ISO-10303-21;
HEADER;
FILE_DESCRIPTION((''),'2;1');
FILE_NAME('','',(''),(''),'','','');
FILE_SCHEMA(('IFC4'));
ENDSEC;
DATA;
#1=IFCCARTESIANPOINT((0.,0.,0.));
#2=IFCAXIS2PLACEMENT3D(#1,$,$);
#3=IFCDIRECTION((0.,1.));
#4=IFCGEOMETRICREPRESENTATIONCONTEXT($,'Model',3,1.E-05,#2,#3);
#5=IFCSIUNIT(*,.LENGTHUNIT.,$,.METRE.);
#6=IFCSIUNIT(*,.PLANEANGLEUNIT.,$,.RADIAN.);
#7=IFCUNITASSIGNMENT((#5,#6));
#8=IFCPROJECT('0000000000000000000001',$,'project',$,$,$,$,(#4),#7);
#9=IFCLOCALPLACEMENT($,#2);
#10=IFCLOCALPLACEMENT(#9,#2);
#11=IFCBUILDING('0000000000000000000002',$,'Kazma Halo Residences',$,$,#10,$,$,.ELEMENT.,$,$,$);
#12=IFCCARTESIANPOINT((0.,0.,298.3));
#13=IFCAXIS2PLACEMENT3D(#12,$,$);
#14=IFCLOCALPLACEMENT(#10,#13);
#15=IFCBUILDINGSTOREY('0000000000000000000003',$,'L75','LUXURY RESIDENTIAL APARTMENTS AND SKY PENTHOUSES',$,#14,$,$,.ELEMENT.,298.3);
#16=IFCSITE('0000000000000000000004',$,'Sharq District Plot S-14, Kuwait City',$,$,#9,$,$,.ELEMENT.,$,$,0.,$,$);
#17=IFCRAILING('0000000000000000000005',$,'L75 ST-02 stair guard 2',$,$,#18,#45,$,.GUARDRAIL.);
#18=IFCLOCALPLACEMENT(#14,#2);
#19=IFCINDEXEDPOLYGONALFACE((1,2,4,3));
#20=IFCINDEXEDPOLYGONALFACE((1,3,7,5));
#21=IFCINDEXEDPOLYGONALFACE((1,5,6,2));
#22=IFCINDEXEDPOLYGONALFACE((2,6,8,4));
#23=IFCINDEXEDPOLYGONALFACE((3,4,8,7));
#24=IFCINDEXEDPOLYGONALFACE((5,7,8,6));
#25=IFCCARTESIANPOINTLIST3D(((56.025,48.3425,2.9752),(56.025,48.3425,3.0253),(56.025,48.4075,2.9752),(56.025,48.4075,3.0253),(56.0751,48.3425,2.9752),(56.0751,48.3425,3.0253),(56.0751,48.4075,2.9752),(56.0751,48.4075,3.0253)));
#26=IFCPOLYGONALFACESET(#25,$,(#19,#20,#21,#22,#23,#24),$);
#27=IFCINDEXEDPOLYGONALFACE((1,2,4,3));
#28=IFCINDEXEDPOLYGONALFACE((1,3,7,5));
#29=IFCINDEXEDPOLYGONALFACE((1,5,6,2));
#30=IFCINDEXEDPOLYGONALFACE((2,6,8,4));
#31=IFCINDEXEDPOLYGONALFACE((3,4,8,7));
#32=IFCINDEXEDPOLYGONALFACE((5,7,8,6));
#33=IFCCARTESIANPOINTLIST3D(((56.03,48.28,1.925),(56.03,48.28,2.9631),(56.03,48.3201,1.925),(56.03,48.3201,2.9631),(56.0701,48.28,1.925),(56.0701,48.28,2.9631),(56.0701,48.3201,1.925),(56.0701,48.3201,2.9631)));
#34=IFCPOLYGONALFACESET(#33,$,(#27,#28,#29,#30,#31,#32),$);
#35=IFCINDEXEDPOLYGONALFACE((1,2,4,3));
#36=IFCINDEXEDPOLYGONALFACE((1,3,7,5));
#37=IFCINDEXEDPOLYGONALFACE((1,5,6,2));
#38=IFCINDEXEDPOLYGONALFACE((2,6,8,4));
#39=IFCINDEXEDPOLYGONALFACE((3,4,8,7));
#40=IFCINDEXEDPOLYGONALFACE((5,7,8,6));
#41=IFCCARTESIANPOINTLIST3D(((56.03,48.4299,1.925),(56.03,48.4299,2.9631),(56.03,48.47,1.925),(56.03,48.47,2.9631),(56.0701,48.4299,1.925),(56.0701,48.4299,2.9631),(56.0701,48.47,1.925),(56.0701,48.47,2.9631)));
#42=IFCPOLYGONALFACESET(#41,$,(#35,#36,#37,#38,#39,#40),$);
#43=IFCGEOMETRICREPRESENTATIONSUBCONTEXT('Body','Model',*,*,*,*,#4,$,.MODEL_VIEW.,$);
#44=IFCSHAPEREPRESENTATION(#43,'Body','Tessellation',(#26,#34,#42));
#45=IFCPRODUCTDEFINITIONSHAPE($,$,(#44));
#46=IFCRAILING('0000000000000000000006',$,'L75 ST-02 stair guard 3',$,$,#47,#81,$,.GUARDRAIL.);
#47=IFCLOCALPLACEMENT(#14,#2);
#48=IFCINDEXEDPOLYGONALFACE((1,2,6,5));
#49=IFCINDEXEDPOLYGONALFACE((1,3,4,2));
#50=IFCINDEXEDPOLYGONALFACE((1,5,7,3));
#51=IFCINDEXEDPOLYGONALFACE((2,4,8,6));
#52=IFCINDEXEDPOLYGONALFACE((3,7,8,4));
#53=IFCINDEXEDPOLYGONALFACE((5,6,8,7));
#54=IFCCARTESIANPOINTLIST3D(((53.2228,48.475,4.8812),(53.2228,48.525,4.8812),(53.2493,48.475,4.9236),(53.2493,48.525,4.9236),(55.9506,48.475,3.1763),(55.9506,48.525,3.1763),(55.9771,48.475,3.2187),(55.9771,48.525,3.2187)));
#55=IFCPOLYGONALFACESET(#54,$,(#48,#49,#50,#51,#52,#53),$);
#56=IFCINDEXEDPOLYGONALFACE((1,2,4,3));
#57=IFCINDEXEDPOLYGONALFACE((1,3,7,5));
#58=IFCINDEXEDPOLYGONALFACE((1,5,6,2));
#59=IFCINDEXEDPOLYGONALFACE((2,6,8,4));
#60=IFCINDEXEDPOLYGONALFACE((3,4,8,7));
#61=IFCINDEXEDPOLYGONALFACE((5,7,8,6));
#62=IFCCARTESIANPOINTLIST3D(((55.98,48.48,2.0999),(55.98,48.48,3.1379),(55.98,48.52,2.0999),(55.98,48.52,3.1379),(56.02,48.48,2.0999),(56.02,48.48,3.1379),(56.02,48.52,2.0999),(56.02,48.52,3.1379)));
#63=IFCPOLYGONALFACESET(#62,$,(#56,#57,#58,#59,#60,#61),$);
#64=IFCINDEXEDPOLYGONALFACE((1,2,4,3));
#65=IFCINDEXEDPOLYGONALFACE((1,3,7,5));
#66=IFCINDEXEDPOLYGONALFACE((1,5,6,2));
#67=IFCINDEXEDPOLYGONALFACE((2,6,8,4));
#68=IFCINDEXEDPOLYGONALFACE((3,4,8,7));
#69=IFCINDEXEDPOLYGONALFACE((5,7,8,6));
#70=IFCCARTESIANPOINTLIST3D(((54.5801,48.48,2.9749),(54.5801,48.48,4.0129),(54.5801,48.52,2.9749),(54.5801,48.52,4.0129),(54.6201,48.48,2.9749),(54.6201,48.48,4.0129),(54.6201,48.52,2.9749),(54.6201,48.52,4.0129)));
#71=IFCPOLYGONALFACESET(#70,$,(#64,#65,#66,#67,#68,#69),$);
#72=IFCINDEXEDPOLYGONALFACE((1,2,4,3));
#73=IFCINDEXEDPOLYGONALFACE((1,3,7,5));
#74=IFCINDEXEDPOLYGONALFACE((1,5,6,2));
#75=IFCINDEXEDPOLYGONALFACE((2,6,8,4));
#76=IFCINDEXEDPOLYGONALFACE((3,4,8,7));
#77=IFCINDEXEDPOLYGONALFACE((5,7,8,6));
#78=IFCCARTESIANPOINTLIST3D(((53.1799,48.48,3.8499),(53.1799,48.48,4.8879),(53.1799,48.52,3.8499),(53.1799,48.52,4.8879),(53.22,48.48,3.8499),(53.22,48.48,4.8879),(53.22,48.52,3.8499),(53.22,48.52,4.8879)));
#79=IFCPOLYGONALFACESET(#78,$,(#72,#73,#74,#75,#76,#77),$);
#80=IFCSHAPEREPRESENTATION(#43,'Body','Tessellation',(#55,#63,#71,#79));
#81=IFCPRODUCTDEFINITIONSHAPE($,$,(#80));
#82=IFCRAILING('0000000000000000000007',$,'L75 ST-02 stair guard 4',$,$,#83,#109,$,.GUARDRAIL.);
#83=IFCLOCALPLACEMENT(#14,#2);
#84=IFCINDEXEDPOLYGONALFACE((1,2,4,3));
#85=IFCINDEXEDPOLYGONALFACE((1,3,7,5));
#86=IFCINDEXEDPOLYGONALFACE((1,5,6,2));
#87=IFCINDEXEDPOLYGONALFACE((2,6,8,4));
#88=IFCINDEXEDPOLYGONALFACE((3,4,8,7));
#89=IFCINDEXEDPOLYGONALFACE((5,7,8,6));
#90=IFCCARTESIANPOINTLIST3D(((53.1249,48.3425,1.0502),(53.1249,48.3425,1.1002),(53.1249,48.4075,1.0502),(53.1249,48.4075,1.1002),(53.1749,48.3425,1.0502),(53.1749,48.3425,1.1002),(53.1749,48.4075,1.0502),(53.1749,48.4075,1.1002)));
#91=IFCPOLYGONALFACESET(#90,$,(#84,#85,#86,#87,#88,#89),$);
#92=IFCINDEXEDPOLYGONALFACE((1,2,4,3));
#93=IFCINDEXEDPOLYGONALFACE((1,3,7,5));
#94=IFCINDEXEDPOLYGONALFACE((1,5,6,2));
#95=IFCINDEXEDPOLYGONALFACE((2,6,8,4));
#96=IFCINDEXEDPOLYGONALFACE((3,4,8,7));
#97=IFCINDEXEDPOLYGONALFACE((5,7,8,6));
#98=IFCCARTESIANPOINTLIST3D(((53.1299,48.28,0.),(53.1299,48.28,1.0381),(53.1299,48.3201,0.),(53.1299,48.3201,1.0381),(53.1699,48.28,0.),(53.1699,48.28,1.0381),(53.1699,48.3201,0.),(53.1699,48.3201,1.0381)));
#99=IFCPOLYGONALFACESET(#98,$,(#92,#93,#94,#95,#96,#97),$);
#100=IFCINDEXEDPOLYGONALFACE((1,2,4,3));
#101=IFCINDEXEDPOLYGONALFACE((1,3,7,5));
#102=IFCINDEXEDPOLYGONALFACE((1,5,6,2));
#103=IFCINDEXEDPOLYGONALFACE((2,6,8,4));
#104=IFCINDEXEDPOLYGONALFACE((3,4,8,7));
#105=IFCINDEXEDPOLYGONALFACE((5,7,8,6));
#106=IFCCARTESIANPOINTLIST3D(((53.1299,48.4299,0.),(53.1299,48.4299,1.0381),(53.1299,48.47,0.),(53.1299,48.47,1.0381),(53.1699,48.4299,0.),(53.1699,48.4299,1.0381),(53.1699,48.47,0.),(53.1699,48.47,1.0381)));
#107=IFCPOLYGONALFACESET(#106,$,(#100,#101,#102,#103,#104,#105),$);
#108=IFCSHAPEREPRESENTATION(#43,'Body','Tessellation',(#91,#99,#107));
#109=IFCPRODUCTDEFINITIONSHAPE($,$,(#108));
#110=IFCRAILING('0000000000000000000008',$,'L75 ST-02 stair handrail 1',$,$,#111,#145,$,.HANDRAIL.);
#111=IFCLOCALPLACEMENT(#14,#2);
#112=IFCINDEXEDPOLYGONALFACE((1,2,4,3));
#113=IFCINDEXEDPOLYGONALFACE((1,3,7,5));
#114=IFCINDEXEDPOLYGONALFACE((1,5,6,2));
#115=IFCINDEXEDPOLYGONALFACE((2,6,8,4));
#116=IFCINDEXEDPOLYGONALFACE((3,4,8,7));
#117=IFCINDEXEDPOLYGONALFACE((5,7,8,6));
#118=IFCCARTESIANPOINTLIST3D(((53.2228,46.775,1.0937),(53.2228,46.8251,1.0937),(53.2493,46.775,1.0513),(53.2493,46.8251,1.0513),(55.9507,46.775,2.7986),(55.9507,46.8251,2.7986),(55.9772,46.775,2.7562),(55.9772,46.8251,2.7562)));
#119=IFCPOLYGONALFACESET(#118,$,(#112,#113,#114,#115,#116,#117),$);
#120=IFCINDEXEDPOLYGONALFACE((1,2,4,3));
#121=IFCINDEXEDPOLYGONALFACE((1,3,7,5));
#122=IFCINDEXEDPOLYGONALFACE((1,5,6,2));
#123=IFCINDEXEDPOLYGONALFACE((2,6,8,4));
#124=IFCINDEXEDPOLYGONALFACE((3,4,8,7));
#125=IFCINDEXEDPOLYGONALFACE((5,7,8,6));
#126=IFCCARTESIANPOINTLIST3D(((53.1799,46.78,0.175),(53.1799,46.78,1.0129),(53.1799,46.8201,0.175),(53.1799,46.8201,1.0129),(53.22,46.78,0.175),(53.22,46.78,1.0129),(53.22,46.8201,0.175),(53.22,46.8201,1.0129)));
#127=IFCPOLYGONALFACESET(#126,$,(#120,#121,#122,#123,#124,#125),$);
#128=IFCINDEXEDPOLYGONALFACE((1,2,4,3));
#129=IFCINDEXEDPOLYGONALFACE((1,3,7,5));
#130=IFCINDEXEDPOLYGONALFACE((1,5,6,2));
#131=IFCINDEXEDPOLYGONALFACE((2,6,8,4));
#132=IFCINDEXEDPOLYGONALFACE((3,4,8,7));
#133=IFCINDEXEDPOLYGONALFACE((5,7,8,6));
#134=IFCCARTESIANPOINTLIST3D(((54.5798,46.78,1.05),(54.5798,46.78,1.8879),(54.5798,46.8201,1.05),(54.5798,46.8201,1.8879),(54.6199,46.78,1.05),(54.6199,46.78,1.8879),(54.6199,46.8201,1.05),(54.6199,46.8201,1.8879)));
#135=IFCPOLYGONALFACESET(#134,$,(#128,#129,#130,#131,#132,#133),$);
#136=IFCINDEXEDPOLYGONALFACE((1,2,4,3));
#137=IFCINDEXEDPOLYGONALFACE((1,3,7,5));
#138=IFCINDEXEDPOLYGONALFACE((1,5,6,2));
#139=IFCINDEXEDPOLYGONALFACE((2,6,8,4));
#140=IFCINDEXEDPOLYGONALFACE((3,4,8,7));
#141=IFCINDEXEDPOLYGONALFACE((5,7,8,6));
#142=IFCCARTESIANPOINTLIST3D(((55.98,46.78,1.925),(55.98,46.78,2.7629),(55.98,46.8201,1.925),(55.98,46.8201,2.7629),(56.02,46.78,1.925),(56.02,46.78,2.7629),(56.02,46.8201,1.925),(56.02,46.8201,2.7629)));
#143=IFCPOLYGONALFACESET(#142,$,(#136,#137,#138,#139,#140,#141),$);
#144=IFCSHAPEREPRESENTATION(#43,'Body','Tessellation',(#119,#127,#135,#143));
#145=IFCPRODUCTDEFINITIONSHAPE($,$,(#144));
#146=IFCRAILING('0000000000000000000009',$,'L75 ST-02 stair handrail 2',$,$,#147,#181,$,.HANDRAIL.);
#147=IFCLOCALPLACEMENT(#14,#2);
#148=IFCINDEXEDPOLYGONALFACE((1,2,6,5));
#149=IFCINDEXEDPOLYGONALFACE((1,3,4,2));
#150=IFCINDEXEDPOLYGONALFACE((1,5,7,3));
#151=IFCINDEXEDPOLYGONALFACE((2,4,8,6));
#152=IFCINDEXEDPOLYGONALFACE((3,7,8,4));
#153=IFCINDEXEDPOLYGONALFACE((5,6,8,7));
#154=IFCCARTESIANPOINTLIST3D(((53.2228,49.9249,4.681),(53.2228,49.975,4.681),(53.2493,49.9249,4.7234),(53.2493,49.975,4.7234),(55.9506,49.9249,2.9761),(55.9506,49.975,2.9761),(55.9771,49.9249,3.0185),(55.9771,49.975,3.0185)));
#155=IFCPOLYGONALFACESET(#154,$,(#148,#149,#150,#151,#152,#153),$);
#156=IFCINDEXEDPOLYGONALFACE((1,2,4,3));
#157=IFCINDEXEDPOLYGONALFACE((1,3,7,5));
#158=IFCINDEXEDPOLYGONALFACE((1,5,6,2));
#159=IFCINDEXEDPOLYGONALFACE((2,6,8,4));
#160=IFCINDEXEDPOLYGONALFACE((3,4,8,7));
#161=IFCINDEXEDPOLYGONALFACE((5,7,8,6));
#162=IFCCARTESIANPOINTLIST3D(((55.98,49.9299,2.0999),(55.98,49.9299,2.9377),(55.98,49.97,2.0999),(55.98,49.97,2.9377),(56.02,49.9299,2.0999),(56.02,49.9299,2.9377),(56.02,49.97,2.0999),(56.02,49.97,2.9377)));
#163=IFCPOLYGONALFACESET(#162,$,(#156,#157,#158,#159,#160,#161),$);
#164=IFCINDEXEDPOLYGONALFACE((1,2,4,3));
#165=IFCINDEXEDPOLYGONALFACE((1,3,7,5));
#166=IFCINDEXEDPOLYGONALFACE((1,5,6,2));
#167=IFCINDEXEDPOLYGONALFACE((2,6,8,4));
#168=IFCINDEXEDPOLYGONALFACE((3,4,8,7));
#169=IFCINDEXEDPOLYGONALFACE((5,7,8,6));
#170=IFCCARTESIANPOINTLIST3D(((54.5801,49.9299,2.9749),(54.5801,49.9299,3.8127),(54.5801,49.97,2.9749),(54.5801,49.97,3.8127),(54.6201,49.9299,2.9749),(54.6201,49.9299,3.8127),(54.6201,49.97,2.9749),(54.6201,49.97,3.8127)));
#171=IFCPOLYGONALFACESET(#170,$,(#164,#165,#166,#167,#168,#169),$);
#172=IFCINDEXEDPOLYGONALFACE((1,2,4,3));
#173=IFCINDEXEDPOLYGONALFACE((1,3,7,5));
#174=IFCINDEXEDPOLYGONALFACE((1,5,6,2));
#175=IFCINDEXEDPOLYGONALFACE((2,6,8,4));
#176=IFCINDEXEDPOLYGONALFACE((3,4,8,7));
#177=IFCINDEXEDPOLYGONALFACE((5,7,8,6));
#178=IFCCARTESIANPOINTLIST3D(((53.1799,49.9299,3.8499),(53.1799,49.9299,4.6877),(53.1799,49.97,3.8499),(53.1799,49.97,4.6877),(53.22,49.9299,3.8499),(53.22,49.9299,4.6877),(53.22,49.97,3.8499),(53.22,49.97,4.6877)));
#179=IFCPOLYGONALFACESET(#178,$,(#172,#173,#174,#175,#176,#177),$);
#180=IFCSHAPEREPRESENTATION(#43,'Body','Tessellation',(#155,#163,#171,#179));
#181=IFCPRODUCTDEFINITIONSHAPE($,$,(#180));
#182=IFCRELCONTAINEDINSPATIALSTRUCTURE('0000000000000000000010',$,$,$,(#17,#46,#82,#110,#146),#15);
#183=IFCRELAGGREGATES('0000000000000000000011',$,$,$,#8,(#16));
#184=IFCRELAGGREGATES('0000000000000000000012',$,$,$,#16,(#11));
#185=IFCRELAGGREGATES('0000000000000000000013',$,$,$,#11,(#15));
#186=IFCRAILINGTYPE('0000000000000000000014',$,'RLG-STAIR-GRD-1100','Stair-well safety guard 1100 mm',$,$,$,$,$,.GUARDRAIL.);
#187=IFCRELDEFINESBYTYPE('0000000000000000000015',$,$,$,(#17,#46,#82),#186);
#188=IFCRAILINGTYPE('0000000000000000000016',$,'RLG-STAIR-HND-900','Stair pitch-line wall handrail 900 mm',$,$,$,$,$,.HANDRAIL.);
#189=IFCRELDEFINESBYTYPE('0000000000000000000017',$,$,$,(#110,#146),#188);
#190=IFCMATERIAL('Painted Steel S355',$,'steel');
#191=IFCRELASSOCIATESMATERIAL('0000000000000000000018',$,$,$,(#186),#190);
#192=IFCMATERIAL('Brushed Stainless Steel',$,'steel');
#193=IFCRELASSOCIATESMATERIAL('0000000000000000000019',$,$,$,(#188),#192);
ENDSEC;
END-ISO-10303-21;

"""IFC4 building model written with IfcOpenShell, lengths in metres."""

from ifc_helpers import new_model, si_unit, direction, frame, origin, origin_2d, place, context, subcontext, project, spatial, rectangle, extrude, material, type_object, element, save


model = new_model("IFC4")

# Units and contexts
model_context = context("Model", 3, precision=1e-05, world=origin(), true_north=direction((0.0, 1.0)))
body_context = subcontext(model_context, "Body", "Model", "MODEL_VIEW")
ifc_project = project(units=[si_unit("LENGTHUNIT", "METRE"), si_unit("PLANEANGLEUNIT", "RADIAN")], contexts=[model_context])

# Site, building, storey
site_placement = place(None, origin())
site = spatial("IfcSite", under=ifc_project, at=site_placement, Name="Sharq District Plot S-14, Kuwait City", CompositionType="ELEMENT", RefElevation=0.0)
building_placement = place(site_placement, origin())
building = spatial("IfcBuilding", under=site, at=building_placement, Name="Kazma Halo Residences", CompositionType="ELEMENT")
storey_placement = place(building_placement, frame((0.0, 0.0, 298.3)))
storey = spatial("IfcBuildingStorey", under=building, at=storey_placement, Name="L75", Description="LUXURY RESIDENTIAL APARTMENTS AND SKY PENTHOUSES", CompositionType="ELEMENT", Elevation=298.3)

# Railings
ifc_material_1 = material(Name="Painted Steel S355", Category="steel")
railing_type_1 = type_object("IfcRailingType", Name="RLG-STAIR-GRD-1100", Description="Stair-well safety guard 1100 mm", PredefinedType="GUARDRAIL", material=ifc_material_1)
railing_1_placement = place(storey_placement, frame((56.05, 48.3, 1.925)))
element("IfcRailing", 1, at=railing_1_placement, inside=storey, type_object=railing_type_1, Name="L75 ST-02 stair guard 2", PredefinedType="GUARDRAIL", context=body_context, shape_type="SweptSolid", body=[
    extrude(rectangle(XDim=0.05, YDim=0.05, at=origin_2d()), frame((0.0, 0.0425, 1.0752), z_axis=(0.0, 1.0, 0.0), x_axis=(-1.0, 0.0, 0.0)), (0.0, 0.0, 1.0), 0.0649),
    extrude(rectangle(XDim=0.04, YDim=0.04, at=origin_2d()), origin(), (0.0, 0.0, 1.0), 1.0381),
    extrude(rectangle(XDim=0.04, YDim=0.04, at=origin_2d()), frame((0.0, 0.1499, 0.0)), (0.0, 0.0, 1.0), 1.0381),
])
railing_2_placement = place(storey_placement, frame((56.0, 48.5, 2.0999)))
element("IfcRailing", 2, at=railing_2_placement, inside=storey, type_object=railing_type_1, Name="L75 ST-02 stair guard 3", PredefinedType="GUARDRAIL", context=body_context, shape_type="SweptSolid", body=[
    extrude(rectangle(XDim=0.05, YDim=0.05, at=origin_2d()), frame((-0.0361, 0.0, 1.0977), z_axis=(-0.848002, 0.0, 0.529992), x_axis=(0.0, -1.0, 0.0)), (0.0, 0.0, 1.0), 3.2168),
    extrude(rectangle(XDim=0.04, YDim=0.04, at=origin_2d()), origin(), (0.0, 0.0, 1.0), 1.0381),
    extrude(rectangle(XDim=0.04, YDim=0.04, at=origin_2d()), frame((-1.3999, 0.0, 0.875)), (0.0, 0.0, 1.0), 1.0381),
    extrude(rectangle(XDim=0.04, YDim=0.04, at=origin_2d()), frame((-2.8, 0.0, 1.75)), (0.0, 0.0, 1.0), 1.0381),
])
railing_3_placement = place(storey_placement, frame((53.1499, 48.3, 0.0)))
element("IfcRailing", 3, at=railing_3_placement, inside=storey, type_object=railing_type_1, Name="L75 ST-02 stair guard 4", PredefinedType="GUARDRAIL", context=body_context, shape_type="SweptSolid", body=[
    extrude(rectangle(XDim=0.05, YDim=0.05, at=origin_2d()), frame((0.0, 0.0425, 1.0752), z_axis=(0.0, 1.0, 0.0), x_axis=(-1.0, 0.0, 0.0)), (0.0, 0.0, 1.0), 0.0649),
    extrude(rectangle(XDim=0.04, YDim=0.04, at=origin_2d()), origin(), (0.0, 0.0, 1.0), 1.0381),
    extrude(rectangle(XDim=0.04, YDim=0.04, at=origin_2d()), frame((0.0, 0.1499, 0.0)), (0.0, 0.0, 1.0), 1.0381),
])
ifc_material_2 = material(Name="Brushed Stainless Steel", Category="steel")
railing_type_2 = type_object("IfcRailingType", Name="RLG-STAIR-HND-900", Description="Stair pitch-line wall handrail 900 mm", PredefinedType="HANDRAIL", material=ifc_material_2)
railing_4_placement = place(storey_placement, frame((53.2, 46.8, 0.175)))
element("IfcRailing", 4, at=railing_4_placement, inside=storey, type_object=railing_type_2, Name="L75 ST-02 stair handrail 1", PredefinedType="HANDRAIL", context=body_context, shape_type="SweptSolid", body=[
    extrude(rectangle(XDim=0.05, YDim=0.05, at=origin_2d()), frame((0.0361, 0.0, 0.8975), z_axis=(0.848002, 0.0, 0.529992), x_axis=(0.0, 1.0, 0.0)), (0.0, 0.0, 1.0), 3.2168),
    extrude(rectangle(XDim=0.04, YDim=0.04, at=origin_2d()), origin(), (0.0, 0.0, 1.0), 0.8379),
    extrude(rectangle(XDim=0.04, YDim=0.04, at=origin_2d()), frame((1.3999, 0.0, 0.875)), (0.0, 0.0, 1.0), 0.8379),
    extrude(rectangle(XDim=0.04, YDim=0.04, at=origin_2d()), frame((2.8, 0.0, 1.75)), (0.0, 0.0, 1.0), 0.8379),
])
railing_5_placement = place(storey_placement, frame((56.0, 49.95, 2.0999)))
element("IfcRailing", 5, at=railing_5_placement, inside=storey, type_object=railing_type_2, Name="L75 ST-02 stair handrail 2", PredefinedType="HANDRAIL", context=body_context, shape_type="SweptSolid", body=[
    extrude(rectangle(XDim=0.05, YDim=0.05, at=origin_2d()), frame((-0.0361, 0.0, 0.8975), z_axis=(-0.848002, 0.0, 0.529992), x_axis=(0.0, -1.0, 0.0)), (0.0, 0.0, 1.0), 3.2168),
    extrude(rectangle(XDim=0.04, YDim=0.04, at=origin_2d()), origin(), (0.0, 0.0, 1.0), 0.8379),
    extrude(rectangle(XDim=0.04, YDim=0.04, at=origin_2d()), frame((-1.3999, 0.0, 0.875)), (0.0, 0.0, 1.0), 0.8379),
    extrude(rectangle(XDim=0.04, YDim=0.04, at=origin_2d()), frame((-2.8, 0.0, 1.75)), (0.0, 0.0, 1.0), 0.8379),
])

save(model, "model.ifc")
